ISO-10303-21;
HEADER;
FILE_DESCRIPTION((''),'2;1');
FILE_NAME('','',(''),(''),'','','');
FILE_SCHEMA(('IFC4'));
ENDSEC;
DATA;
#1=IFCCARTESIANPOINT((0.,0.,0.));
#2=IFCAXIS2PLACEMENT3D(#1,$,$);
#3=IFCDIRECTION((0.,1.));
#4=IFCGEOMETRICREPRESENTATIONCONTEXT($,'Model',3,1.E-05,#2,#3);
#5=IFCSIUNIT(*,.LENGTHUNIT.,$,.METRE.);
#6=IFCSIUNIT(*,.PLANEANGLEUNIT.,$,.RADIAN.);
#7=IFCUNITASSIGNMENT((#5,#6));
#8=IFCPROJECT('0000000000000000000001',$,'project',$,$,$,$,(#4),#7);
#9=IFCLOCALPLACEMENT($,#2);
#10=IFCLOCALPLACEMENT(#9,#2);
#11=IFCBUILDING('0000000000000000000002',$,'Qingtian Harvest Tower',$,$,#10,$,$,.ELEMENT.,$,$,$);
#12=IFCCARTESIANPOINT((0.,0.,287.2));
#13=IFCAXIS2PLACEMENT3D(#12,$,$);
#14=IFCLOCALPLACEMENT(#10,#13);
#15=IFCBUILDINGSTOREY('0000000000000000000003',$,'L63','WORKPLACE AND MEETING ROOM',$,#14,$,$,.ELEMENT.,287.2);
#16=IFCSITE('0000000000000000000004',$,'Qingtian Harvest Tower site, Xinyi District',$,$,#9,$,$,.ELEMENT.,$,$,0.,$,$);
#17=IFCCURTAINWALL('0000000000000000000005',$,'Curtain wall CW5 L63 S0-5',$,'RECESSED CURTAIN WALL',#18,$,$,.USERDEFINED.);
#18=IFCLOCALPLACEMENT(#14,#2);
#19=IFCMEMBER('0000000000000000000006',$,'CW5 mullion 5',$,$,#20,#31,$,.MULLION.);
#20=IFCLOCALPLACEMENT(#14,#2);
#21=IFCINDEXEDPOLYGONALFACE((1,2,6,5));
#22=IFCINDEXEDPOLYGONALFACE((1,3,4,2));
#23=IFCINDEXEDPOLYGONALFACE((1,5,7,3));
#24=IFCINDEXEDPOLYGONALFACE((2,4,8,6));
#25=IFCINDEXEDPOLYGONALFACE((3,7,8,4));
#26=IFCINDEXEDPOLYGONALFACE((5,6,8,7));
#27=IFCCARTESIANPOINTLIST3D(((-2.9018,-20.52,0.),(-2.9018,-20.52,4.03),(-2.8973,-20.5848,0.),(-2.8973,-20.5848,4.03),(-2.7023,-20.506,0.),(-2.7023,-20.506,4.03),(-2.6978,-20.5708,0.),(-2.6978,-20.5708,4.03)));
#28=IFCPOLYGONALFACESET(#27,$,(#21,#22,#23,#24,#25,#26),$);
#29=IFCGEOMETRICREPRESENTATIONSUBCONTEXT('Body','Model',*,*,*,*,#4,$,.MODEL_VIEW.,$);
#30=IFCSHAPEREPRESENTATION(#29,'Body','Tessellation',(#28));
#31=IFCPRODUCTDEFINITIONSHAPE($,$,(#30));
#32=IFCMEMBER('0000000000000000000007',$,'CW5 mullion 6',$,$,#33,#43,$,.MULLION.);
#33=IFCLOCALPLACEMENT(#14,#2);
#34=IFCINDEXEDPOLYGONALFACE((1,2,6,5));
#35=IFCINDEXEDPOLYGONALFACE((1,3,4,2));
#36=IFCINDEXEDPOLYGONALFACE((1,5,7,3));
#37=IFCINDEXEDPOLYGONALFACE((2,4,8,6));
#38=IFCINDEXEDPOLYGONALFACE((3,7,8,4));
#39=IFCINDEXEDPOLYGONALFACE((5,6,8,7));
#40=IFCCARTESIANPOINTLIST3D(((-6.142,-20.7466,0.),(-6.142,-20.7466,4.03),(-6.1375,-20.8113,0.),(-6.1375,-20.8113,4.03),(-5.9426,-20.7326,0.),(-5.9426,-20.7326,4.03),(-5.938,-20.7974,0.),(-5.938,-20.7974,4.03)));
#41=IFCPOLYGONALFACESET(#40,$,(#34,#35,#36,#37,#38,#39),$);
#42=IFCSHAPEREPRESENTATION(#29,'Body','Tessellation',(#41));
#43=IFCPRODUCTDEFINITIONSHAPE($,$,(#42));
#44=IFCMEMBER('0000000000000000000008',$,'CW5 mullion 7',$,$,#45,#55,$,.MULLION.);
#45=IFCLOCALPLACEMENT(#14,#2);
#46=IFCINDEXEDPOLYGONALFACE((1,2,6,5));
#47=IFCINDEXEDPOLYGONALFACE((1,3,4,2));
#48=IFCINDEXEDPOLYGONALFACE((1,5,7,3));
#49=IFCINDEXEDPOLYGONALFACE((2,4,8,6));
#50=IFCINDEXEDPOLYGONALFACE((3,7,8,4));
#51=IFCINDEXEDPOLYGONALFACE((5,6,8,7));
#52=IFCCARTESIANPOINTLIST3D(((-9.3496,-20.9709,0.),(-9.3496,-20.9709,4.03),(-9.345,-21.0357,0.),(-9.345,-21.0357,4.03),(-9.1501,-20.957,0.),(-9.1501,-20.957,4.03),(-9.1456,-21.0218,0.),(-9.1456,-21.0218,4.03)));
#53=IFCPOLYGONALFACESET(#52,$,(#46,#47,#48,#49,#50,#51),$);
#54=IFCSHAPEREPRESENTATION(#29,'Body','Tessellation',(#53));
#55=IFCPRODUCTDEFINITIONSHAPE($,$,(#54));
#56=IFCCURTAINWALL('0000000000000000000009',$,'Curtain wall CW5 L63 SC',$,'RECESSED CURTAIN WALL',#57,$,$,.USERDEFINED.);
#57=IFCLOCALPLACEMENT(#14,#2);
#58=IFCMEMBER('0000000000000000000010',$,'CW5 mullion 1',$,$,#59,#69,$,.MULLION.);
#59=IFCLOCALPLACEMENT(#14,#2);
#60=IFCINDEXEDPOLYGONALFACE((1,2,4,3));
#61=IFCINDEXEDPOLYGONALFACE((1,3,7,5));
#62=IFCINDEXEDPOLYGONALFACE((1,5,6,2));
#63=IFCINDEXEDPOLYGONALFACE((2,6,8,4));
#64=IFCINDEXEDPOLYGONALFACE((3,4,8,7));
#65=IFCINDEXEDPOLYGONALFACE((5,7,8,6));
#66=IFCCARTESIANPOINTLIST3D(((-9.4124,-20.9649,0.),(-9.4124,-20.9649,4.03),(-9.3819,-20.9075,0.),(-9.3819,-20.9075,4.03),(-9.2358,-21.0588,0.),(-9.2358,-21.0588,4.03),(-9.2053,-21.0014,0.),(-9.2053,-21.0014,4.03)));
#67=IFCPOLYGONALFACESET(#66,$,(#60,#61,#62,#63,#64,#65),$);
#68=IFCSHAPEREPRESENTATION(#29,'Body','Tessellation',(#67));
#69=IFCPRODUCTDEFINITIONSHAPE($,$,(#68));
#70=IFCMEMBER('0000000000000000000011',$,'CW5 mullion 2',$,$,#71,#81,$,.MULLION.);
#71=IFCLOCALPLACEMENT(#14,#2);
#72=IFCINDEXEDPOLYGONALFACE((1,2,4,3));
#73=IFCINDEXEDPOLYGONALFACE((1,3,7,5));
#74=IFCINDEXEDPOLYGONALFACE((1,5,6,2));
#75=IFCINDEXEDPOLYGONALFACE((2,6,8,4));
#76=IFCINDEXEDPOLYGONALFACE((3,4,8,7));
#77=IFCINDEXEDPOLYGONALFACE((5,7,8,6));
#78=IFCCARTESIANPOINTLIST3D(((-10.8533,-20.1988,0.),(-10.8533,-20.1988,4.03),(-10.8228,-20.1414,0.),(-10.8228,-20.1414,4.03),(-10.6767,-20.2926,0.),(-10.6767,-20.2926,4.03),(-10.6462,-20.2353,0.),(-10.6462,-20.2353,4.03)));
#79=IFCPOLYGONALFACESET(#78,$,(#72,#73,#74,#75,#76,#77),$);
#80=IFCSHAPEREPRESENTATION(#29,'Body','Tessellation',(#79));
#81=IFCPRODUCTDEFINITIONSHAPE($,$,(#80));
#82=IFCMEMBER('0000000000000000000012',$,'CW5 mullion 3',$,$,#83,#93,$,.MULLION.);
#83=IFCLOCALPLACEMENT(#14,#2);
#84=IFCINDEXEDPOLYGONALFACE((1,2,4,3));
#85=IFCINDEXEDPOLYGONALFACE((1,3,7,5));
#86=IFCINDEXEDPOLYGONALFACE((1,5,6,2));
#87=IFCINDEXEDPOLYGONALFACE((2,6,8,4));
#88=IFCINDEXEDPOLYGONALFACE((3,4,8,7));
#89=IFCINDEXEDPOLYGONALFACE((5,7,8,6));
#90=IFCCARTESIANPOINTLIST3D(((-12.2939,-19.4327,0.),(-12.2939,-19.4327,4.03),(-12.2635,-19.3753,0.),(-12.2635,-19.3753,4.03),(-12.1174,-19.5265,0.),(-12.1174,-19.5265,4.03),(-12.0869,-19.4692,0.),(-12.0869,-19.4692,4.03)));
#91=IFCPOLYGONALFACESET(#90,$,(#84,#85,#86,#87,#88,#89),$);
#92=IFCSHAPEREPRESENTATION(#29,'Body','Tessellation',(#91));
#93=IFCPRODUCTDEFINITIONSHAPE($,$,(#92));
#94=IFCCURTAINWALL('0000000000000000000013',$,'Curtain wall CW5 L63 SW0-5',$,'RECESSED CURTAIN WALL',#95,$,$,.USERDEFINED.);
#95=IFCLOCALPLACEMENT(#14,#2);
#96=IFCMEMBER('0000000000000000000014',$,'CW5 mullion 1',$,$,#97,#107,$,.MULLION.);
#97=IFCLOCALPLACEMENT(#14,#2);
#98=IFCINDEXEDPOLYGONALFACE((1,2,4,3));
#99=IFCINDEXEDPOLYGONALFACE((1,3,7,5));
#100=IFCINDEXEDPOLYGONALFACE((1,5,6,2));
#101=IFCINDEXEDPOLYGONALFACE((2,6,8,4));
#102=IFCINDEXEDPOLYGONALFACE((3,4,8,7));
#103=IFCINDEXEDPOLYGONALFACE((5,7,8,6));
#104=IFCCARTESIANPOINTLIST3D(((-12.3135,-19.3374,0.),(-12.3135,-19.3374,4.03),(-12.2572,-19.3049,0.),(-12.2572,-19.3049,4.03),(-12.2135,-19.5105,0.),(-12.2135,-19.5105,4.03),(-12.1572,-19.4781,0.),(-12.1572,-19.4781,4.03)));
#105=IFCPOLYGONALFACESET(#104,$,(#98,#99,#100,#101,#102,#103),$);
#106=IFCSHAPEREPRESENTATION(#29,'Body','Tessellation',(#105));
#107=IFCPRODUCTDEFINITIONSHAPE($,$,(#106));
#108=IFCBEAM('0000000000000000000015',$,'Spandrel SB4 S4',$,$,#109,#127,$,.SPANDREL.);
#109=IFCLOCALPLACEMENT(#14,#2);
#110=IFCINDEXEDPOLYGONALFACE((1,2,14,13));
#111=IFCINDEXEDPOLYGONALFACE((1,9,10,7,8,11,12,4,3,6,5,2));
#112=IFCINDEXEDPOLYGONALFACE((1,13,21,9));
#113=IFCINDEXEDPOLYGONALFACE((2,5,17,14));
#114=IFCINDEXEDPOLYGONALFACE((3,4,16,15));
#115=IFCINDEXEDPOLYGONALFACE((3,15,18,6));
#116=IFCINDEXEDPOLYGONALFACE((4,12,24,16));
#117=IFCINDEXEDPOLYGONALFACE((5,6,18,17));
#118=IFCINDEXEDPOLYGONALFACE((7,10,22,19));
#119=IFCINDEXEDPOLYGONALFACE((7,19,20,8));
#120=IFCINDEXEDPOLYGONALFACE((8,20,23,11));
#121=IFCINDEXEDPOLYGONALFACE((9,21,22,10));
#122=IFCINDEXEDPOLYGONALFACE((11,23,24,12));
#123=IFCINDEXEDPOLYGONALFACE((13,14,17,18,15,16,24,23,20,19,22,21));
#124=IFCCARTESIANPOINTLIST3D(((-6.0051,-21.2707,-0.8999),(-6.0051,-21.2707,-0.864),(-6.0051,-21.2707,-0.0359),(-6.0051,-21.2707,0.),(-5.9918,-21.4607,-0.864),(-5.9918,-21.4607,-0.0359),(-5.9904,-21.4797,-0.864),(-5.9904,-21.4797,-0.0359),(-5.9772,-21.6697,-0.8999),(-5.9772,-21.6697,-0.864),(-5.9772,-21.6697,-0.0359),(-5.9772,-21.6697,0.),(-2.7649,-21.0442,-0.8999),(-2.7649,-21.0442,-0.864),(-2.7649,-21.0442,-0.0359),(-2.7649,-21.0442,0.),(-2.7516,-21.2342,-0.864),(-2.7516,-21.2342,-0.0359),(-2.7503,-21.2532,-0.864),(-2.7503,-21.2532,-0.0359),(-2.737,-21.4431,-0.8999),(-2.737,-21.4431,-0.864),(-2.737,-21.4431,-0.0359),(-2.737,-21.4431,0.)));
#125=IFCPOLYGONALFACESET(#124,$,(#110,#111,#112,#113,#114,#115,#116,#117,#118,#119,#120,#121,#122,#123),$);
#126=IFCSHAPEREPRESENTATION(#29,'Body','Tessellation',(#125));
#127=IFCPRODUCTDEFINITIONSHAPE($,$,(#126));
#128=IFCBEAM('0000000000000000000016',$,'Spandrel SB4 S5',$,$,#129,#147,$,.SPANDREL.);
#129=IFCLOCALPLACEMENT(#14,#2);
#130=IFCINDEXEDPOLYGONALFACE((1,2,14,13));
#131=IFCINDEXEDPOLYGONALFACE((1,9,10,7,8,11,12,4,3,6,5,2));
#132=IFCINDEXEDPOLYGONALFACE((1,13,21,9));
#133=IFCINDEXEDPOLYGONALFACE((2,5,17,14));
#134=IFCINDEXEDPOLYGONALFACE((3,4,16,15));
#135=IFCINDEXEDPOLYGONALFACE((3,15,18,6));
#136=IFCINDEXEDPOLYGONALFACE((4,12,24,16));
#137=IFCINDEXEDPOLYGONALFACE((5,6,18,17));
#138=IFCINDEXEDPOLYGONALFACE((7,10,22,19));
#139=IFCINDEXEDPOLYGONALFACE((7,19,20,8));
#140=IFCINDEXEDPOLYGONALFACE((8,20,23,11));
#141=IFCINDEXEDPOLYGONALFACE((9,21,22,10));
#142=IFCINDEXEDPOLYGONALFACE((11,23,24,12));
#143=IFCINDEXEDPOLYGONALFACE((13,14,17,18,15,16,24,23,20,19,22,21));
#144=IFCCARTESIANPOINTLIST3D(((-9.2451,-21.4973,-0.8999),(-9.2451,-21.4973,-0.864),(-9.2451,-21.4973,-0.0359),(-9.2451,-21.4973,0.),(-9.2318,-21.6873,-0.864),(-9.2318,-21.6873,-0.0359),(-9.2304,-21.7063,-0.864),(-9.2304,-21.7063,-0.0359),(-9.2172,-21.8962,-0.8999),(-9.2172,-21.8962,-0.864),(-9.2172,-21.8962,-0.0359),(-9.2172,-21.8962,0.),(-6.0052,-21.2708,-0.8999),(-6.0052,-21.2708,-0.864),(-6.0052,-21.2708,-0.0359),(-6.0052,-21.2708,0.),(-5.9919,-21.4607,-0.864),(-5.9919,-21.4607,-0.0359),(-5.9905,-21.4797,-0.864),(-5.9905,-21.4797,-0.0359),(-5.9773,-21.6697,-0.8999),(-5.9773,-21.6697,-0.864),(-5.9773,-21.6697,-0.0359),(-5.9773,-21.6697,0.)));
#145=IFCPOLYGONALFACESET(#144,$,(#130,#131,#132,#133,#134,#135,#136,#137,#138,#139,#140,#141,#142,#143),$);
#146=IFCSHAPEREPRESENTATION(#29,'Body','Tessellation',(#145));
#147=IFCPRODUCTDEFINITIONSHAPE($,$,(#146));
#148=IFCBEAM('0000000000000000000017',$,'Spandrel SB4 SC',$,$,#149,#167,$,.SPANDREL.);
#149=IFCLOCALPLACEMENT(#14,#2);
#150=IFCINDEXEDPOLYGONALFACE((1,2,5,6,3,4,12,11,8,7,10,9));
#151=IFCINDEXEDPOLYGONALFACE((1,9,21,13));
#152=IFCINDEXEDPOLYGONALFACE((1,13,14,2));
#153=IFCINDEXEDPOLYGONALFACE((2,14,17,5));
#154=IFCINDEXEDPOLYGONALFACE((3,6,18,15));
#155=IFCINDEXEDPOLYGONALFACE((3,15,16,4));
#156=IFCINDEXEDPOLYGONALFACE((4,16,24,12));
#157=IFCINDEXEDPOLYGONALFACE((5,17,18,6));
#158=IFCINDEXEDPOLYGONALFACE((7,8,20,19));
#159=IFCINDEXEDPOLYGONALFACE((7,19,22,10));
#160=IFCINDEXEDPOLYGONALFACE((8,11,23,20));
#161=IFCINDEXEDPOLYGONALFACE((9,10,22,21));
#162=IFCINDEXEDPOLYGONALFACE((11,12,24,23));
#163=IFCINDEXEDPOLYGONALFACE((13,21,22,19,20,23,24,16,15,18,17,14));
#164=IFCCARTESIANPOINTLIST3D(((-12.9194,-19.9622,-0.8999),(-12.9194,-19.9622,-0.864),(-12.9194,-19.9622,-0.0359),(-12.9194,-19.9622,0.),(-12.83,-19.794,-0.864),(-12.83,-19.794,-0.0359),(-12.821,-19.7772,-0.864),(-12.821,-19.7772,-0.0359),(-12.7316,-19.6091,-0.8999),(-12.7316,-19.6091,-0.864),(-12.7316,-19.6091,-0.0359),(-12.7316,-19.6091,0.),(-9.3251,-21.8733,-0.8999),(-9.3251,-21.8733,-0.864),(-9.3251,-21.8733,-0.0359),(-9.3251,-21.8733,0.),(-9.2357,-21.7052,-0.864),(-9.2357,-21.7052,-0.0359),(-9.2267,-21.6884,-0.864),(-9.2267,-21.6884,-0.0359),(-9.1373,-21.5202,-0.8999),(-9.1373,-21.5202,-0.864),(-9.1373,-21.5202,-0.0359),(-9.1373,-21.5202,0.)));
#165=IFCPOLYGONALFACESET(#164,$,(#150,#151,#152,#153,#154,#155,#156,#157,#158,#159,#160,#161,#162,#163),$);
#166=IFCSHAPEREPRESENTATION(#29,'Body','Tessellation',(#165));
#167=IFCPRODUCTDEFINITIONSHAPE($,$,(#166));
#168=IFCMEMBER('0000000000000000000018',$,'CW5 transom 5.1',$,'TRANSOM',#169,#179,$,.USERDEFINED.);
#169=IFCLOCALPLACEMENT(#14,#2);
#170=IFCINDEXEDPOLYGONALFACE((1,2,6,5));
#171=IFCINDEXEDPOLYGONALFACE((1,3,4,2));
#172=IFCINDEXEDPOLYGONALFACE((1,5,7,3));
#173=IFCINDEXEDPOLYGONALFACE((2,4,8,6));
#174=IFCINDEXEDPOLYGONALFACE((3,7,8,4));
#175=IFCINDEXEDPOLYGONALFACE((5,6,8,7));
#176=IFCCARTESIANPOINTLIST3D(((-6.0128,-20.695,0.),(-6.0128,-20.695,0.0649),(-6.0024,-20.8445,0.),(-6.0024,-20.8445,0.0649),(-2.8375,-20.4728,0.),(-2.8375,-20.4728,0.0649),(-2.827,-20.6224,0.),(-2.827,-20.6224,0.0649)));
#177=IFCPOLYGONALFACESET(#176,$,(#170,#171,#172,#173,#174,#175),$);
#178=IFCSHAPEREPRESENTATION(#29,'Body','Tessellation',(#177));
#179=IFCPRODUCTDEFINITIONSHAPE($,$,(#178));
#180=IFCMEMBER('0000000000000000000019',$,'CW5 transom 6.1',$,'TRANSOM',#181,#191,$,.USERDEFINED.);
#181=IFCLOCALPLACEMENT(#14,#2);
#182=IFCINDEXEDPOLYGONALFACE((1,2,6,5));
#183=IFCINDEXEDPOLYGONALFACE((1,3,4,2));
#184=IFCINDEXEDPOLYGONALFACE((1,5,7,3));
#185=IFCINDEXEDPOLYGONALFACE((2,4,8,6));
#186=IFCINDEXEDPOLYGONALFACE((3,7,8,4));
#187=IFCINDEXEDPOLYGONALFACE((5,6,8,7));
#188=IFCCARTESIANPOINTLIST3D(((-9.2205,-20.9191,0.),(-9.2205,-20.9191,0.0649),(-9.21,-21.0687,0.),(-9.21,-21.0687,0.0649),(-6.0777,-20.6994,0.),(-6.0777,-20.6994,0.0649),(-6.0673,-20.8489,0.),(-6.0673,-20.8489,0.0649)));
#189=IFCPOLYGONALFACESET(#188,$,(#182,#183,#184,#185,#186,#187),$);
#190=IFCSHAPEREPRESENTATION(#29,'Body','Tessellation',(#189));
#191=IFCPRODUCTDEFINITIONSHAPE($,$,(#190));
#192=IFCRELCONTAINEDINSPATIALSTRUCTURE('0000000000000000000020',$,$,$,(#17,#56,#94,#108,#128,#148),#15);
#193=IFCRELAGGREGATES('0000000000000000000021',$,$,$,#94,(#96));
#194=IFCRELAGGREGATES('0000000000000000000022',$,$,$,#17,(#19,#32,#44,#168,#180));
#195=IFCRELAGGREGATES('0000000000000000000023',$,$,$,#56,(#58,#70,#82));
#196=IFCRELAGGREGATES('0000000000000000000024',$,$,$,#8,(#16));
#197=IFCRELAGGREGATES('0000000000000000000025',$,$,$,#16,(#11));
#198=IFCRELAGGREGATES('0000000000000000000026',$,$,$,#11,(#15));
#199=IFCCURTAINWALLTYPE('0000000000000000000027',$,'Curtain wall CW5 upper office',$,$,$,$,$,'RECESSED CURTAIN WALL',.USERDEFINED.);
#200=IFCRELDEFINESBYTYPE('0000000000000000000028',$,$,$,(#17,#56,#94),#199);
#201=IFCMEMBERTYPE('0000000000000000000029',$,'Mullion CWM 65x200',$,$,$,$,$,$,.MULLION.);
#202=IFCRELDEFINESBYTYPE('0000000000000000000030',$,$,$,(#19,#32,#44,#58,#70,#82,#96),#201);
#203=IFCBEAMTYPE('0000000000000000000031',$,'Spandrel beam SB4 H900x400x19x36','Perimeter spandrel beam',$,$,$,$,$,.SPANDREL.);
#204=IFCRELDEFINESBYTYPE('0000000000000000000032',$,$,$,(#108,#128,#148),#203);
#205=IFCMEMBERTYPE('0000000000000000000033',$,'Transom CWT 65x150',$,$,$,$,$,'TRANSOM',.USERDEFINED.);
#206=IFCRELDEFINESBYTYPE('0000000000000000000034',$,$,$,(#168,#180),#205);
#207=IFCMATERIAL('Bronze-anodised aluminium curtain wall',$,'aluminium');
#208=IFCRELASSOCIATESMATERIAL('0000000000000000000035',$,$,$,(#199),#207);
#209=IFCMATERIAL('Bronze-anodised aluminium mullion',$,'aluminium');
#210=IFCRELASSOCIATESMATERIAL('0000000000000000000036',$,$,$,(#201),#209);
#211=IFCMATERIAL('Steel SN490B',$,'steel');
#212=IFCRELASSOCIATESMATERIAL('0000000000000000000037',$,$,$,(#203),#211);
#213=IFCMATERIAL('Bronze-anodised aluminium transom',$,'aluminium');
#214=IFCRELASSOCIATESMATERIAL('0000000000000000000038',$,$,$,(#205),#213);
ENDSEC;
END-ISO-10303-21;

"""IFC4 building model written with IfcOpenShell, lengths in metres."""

from ifc_helpers import new_model, si_unit, direction, frame, origin, origin_2d, place, context, subcontext, project, spatial, rectangle, i_section, extrude, material, material_profile, profile_set, type_object, element, aggregate, save


model = new_model("IFC4")

# Units and contexts
model_context = context("Model", 3, precision=1e-05, world=origin(), true_north=direction((0.0, 1.0)))
body_context = subcontext(model_context, "Body", "Model", "MODEL_VIEW")
ifc_project = project(units=[si_unit("LENGTHUNIT", "METRE"), si_unit("PLANEANGLEUNIT", "RADIAN")], contexts=[model_context])

# Site, building, storey
site_placement = place(None, origin())
site = spatial("IfcSite", under=ifc_project, at=site_placement, Name="Qingtian Harvest Tower site, Xinyi District", CompositionType="ELEMENT", RefElevation=0.0)
building_placement = place(site_placement, origin())
building = spatial("IfcBuilding", under=site, at=building_placement, Name="Qingtian Harvest Tower", CompositionType="ELEMENT")
storey_placement = place(building_placement, frame((0.0, 0.0, 287.2)))
storey = spatial("IfcBuildingStorey", under=building, at=storey_placement, Name="L63", Description="WORKPLACE AND MEETING ROOM", CompositionType="ELEMENT", Elevation=287.2)

# Curtain walls, members
ifc_material_1 = material(Name="Bronze-anodised aluminium curtain wall", Category="aluminium")
curtain_wall_type = type_object("IfcCurtainWallType", Name="Curtain wall CW5 upper office", ElementType="RECESSED CURTAIN WALL", PredefinedType="USERDEFINED", material=ifc_material_1)
curtain_wall_1_placement = place(storey_placement, origin())
curtain_wall_1 = element("IfcCurtainWall", 1, at=curtain_wall_1_placement, inside=storey, type_object=curtain_wall_type, Name="Curtain wall CW5 L63 S0-5", ObjectType="RECESSED CURTAIN WALL", PredefinedType="USERDEFINED")
ifc_material_2 = material(Name="Bronze-anodised aluminium mullion", Category="aluminium")
ifc_material_profile_1 = material_profile(ifc_material_2, rectangle(XDim=0.0649, YDim=0.2, at=origin_2d()), Name="AL 65x200")
ifc_profile_set_1 = profile_set([ifc_material_profile_1], Name="Bronze-anodised aluminium mullion")
member_type_1 = type_object("IfcMemberType", Name="Mullion CWM 65x200", PredefinedType="MULLION", material=ifc_profile_set_1)
member_1_placement = place(storey_placement, frame((-2.7998, -20.5454, 0.0), z_axis=(0.0, 0.0, 1.0), x_axis=(0.069756, -0.997564, 0.0)))
member_1 = element("IfcMember", 2, at=member_1_placement, type_object=member_type_1, Name="CW5 mullion 5", PredefinedType="MULLION", context=body_context, shape_type="SweptSolid", body=[
    extrude(rectangle(XDim=0.0649, YDim=0.2, at=origin_2d()), origin(), (0.0, 0.0, 1.0), 4.03),
])
member_2_placement = place(storey_placement, frame((-6.04, -20.772, 0.0), z_axis=(0.0, 0.0, 1.0), x_axis=(0.069756, -0.997564, 0.0)))
member_2 = element("IfcMember", 3, at=member_2_placement, type_object=member_type_1, Name="CW5 mullion 6", PredefinedType="MULLION", context=body_context, shape_type="SweptSolid", body=[
    extrude(rectangle(XDim=0.0649, YDim=0.2, at=origin_2d()), origin(), (0.0, 0.0, 1.0), 4.03),
])
member_3_placement = place(storey_placement, frame((-9.2476, -20.9963, 0.0), z_axis=(0.0, 0.0, 1.0), x_axis=(0.069756, -0.997564, 0.0)))
member_3 = element("IfcMember", 4, at=member_3_placement, type_object=member_type_1, Name="CW5 mullion 7", PredefinedType="MULLION", context=body_context, shape_type="SweptSolid", body=[
    extrude(rectangle(XDim=0.0649, YDim=0.2, at=origin_2d()), origin(), (0.0, 0.0, 1.0), 4.03),
])
curtain_wall_2_placement = place(storey_placement, origin())
curtain_wall_2 = element("IfcCurtainWall", 5, at=curtain_wall_2_placement, inside=storey, type_object=curtain_wall_type, Name="Curtain wall CW5 L63 SC", ObjectType="RECESSED CURTAIN WALL", PredefinedType="USERDEFINED")
member_4_placement = place(storey_placement, frame((-9.3088, -20.9832, 0.0), z_axis=(0.0, 0.0, 1.0), x_axis=(-0.469472, -0.882948, 0.0)))
member_4 = element("IfcMember", 6, at=member_4_placement, type_object=member_type_1, Name="CW5 mullion 1", PredefinedType="MULLION", context=body_context, shape_type="SweptSolid", body=[
    extrude(rectangle(XDim=0.0649, YDim=0.2, at=origin_2d()), origin(), (0.0, 0.0, 1.0), 4.03),
])
member_5_placement = place(storey_placement, frame((-10.7498, -20.217, 0.0), z_axis=(0.0, 0.0, 1.0), x_axis=(-0.469472, -0.882948, 0.0)))
member_5 = element("IfcMember", 7, at=member_5_placement, type_object=member_type_1, Name="CW5 mullion 2", PredefinedType="MULLION", context=body_context, shape_type="SweptSolid", body=[
    extrude(rectangle(XDim=0.0649, YDim=0.2, at=origin_2d()), origin(), (0.0, 0.0, 1.0), 4.03),
])
member_6_placement = place(storey_placement, frame((-12.1904, -19.4509, 0.0), z_axis=(0.0, 0.0, 1.0), x_axis=(-0.469472, -0.882948, 0.0)))
member_6 = element("IfcMember", 8, at=member_6_placement, type_object=member_type_1, Name="CW5 mullion 3", PredefinedType="MULLION", context=body_context, shape_type="SweptSolid", body=[
    extrude(rectangle(XDim=0.0649, YDim=0.2, at=origin_2d()), origin(), (0.0, 0.0, 1.0), 4.03),
])

# Curtain wall, member
curtain_wall_3_placement = place(storey_placement, origin())
curtain_wall_3 = element("IfcCurtainWall", 9, at=curtain_wall_3_placement, inside=storey, type_object=curtain_wall_type, Name="Curtain wall CW5 L63 SW0-5", ObjectType="RECESSED CURTAIN WALL", PredefinedType="USERDEFINED")
member_7_placement = place(storey_placement, frame((-12.2354, -19.4077, 0.0), z_axis=(0.0, 0.0, 1.0), x_axis=(-0.866025, -0.5, 0.0)))
member_7 = element("IfcMember", 10, at=member_7_placement, type_object=member_type_1, Name="CW5 mullion 1", PredefinedType="MULLION", context=body_context, shape_type="SweptSolid", body=[
    extrude(rectangle(XDim=0.0649, YDim=0.2, at=origin_2d()), origin(), (0.0, 0.0, 1.0), 4.03),
])
aggregate(curtain_wall_3, [member_7])

# Beams
ifc_material_3 = material(Name="Steel SN490B", Category="steel")
ifc_material_profile_2 = material_profile(ifc_material_3, i_section(OverallWidth=0.3999, OverallDepth=0.8999, WebThickness=0.019, FlangeThickness=0.0359, at=origin_2d()), Name="H900x400x19x36")
ifc_profile_set_2 = profile_set([ifc_material_profile_2], Name="Steel SN490B")
beam_type_1 = type_object("IfcBeamType", Name="Spandrel beam SB4 H900x400x19x36", Description="Perimeter spandrel beam", PredefinedType="SPANDREL", material=ifc_profile_set_2)
beam_1_placement = place(storey_placement, frame((-2.751, -21.2437, -0.45), z_axis=(-0.997564, -0.069751, 0.0), x_axis=(0.069751, -0.997564, 0.0)))
element("IfcBeam", 11, at=beam_1_placement, inside=storey, type_object=beam_type_1, Name="Spandrel SB4 S4", PredefinedType="SPANDREL", context=body_context, shape_type="SweptSolid", body=[
    extrude(i_section(OverallWidth=0.3999, OverallDepth=0.8999, WebThickness=0.019, FlangeThickness=0.0359, at=origin_2d()), origin(), (0.0, 0.0, 1.0), 3.248),
])
beam_2_placement = place(storey_placement, frame((-5.9912, -21.4702, -0.45), z_axis=(-0.997564, -0.069757, 0.0), x_axis=(0.069757, -0.997564, 0.0)))
element("IfcBeam", 12, at=beam_2_placement, inside=storey, type_object=beam_type_1, Name="Spandrel SB4 S5", PredefinedType="SPANDREL", context=body_context, shape_type="SweptSolid", body=[
    extrude(i_section(OverallWidth=0.3999, OverallDepth=0.8999, WebThickness=0.019, FlangeThickness=0.0359, at=origin_2d()), origin(), (0.0, 0.0, 1.0), 3.2478),
])
beam_3_placement = place(storey_placement, frame((-9.2312, -21.6968, -0.45), z_axis=(-0.882943, 0.46948, 0.0), x_axis=(-0.46948, -0.882943, 0.0)))
element("IfcBeam", 13, at=beam_3_placement, inside=storey, type_object=beam_type_1, Name="Spandrel SB4 SC", PredefinedType="SPANDREL", context=body_context, shape_type="SweptSolid", body=[
    extrude(i_section(OverallWidth=0.3999, OverallDepth=0.8999, WebThickness=0.019, FlangeThickness=0.0359, at=origin_2d()), origin(), (0.0, 0.0, 1.0), 4.0708),
])

# Members
ifc_material_4 = material(Name="Bronze-anodised aluminium transom", Category="aluminium")
ifc_material_profile_3 = material_profile(ifc_material_4, rectangle(XDim=0.1499, YDim=0.0649, at=origin_2d()), Name="AL 65x150")
ifc_profile_set_3 = profile_set([ifc_material_profile_3], Name="Bronze-anodised aluminium transom")
member_type_2 = type_object("IfcMemberType", Name="Transom CWT 65x150", ElementType="TRANSOM", PredefinedType="USERDEFINED", material=ifc_profile_set_3)
member_8_placement = place(storey_placement, frame((-2.8323, -20.5476, 0.0325), z_axis=(-0.997561, -0.069797, 0.0), x_axis=(0.069797, -0.997561, 0.0)))
member_8 = element("IfcMember", 14, at=member_8_placement, type_object=member_type_2, Name="CW5 transom 5.1", ObjectType="TRANSOM", PredefinedType="USERDEFINED", context=body_context, shape_type="SweptSolid", body=[
    extrude(rectangle(XDim=0.1499, YDim=0.0649, at=origin_2d()), origin(), (0.0, 0.0, 1.0), 3.1831),
])
member_9_placement = place(storey_placement, frame((-6.0725, -20.7742, 0.0325), z_axis=(-0.997565, -0.069744, 0.0), x_axis=(0.069744, -0.997565, 0.0)))
member_9 = element("IfcMember", 15, at=member_9_placement, type_object=member_type_2, Name="CW5 transom 6.1", ObjectType="TRANSOM", PredefinedType="USERDEFINED", context=body_context, shape_type="SweptSolid", body=[
    extrude(rectangle(XDim=0.1499, YDim=0.0649, at=origin_2d()), origin(), (0.0, 0.0, 1.0), 3.1504),
])

aggregate(curtain_wall_1, [member_1, member_2, member_3, member_8, member_9])
aggregate(curtain_wall_2, [member_4, member_5, member_6])

save(model, "model.ifc")
